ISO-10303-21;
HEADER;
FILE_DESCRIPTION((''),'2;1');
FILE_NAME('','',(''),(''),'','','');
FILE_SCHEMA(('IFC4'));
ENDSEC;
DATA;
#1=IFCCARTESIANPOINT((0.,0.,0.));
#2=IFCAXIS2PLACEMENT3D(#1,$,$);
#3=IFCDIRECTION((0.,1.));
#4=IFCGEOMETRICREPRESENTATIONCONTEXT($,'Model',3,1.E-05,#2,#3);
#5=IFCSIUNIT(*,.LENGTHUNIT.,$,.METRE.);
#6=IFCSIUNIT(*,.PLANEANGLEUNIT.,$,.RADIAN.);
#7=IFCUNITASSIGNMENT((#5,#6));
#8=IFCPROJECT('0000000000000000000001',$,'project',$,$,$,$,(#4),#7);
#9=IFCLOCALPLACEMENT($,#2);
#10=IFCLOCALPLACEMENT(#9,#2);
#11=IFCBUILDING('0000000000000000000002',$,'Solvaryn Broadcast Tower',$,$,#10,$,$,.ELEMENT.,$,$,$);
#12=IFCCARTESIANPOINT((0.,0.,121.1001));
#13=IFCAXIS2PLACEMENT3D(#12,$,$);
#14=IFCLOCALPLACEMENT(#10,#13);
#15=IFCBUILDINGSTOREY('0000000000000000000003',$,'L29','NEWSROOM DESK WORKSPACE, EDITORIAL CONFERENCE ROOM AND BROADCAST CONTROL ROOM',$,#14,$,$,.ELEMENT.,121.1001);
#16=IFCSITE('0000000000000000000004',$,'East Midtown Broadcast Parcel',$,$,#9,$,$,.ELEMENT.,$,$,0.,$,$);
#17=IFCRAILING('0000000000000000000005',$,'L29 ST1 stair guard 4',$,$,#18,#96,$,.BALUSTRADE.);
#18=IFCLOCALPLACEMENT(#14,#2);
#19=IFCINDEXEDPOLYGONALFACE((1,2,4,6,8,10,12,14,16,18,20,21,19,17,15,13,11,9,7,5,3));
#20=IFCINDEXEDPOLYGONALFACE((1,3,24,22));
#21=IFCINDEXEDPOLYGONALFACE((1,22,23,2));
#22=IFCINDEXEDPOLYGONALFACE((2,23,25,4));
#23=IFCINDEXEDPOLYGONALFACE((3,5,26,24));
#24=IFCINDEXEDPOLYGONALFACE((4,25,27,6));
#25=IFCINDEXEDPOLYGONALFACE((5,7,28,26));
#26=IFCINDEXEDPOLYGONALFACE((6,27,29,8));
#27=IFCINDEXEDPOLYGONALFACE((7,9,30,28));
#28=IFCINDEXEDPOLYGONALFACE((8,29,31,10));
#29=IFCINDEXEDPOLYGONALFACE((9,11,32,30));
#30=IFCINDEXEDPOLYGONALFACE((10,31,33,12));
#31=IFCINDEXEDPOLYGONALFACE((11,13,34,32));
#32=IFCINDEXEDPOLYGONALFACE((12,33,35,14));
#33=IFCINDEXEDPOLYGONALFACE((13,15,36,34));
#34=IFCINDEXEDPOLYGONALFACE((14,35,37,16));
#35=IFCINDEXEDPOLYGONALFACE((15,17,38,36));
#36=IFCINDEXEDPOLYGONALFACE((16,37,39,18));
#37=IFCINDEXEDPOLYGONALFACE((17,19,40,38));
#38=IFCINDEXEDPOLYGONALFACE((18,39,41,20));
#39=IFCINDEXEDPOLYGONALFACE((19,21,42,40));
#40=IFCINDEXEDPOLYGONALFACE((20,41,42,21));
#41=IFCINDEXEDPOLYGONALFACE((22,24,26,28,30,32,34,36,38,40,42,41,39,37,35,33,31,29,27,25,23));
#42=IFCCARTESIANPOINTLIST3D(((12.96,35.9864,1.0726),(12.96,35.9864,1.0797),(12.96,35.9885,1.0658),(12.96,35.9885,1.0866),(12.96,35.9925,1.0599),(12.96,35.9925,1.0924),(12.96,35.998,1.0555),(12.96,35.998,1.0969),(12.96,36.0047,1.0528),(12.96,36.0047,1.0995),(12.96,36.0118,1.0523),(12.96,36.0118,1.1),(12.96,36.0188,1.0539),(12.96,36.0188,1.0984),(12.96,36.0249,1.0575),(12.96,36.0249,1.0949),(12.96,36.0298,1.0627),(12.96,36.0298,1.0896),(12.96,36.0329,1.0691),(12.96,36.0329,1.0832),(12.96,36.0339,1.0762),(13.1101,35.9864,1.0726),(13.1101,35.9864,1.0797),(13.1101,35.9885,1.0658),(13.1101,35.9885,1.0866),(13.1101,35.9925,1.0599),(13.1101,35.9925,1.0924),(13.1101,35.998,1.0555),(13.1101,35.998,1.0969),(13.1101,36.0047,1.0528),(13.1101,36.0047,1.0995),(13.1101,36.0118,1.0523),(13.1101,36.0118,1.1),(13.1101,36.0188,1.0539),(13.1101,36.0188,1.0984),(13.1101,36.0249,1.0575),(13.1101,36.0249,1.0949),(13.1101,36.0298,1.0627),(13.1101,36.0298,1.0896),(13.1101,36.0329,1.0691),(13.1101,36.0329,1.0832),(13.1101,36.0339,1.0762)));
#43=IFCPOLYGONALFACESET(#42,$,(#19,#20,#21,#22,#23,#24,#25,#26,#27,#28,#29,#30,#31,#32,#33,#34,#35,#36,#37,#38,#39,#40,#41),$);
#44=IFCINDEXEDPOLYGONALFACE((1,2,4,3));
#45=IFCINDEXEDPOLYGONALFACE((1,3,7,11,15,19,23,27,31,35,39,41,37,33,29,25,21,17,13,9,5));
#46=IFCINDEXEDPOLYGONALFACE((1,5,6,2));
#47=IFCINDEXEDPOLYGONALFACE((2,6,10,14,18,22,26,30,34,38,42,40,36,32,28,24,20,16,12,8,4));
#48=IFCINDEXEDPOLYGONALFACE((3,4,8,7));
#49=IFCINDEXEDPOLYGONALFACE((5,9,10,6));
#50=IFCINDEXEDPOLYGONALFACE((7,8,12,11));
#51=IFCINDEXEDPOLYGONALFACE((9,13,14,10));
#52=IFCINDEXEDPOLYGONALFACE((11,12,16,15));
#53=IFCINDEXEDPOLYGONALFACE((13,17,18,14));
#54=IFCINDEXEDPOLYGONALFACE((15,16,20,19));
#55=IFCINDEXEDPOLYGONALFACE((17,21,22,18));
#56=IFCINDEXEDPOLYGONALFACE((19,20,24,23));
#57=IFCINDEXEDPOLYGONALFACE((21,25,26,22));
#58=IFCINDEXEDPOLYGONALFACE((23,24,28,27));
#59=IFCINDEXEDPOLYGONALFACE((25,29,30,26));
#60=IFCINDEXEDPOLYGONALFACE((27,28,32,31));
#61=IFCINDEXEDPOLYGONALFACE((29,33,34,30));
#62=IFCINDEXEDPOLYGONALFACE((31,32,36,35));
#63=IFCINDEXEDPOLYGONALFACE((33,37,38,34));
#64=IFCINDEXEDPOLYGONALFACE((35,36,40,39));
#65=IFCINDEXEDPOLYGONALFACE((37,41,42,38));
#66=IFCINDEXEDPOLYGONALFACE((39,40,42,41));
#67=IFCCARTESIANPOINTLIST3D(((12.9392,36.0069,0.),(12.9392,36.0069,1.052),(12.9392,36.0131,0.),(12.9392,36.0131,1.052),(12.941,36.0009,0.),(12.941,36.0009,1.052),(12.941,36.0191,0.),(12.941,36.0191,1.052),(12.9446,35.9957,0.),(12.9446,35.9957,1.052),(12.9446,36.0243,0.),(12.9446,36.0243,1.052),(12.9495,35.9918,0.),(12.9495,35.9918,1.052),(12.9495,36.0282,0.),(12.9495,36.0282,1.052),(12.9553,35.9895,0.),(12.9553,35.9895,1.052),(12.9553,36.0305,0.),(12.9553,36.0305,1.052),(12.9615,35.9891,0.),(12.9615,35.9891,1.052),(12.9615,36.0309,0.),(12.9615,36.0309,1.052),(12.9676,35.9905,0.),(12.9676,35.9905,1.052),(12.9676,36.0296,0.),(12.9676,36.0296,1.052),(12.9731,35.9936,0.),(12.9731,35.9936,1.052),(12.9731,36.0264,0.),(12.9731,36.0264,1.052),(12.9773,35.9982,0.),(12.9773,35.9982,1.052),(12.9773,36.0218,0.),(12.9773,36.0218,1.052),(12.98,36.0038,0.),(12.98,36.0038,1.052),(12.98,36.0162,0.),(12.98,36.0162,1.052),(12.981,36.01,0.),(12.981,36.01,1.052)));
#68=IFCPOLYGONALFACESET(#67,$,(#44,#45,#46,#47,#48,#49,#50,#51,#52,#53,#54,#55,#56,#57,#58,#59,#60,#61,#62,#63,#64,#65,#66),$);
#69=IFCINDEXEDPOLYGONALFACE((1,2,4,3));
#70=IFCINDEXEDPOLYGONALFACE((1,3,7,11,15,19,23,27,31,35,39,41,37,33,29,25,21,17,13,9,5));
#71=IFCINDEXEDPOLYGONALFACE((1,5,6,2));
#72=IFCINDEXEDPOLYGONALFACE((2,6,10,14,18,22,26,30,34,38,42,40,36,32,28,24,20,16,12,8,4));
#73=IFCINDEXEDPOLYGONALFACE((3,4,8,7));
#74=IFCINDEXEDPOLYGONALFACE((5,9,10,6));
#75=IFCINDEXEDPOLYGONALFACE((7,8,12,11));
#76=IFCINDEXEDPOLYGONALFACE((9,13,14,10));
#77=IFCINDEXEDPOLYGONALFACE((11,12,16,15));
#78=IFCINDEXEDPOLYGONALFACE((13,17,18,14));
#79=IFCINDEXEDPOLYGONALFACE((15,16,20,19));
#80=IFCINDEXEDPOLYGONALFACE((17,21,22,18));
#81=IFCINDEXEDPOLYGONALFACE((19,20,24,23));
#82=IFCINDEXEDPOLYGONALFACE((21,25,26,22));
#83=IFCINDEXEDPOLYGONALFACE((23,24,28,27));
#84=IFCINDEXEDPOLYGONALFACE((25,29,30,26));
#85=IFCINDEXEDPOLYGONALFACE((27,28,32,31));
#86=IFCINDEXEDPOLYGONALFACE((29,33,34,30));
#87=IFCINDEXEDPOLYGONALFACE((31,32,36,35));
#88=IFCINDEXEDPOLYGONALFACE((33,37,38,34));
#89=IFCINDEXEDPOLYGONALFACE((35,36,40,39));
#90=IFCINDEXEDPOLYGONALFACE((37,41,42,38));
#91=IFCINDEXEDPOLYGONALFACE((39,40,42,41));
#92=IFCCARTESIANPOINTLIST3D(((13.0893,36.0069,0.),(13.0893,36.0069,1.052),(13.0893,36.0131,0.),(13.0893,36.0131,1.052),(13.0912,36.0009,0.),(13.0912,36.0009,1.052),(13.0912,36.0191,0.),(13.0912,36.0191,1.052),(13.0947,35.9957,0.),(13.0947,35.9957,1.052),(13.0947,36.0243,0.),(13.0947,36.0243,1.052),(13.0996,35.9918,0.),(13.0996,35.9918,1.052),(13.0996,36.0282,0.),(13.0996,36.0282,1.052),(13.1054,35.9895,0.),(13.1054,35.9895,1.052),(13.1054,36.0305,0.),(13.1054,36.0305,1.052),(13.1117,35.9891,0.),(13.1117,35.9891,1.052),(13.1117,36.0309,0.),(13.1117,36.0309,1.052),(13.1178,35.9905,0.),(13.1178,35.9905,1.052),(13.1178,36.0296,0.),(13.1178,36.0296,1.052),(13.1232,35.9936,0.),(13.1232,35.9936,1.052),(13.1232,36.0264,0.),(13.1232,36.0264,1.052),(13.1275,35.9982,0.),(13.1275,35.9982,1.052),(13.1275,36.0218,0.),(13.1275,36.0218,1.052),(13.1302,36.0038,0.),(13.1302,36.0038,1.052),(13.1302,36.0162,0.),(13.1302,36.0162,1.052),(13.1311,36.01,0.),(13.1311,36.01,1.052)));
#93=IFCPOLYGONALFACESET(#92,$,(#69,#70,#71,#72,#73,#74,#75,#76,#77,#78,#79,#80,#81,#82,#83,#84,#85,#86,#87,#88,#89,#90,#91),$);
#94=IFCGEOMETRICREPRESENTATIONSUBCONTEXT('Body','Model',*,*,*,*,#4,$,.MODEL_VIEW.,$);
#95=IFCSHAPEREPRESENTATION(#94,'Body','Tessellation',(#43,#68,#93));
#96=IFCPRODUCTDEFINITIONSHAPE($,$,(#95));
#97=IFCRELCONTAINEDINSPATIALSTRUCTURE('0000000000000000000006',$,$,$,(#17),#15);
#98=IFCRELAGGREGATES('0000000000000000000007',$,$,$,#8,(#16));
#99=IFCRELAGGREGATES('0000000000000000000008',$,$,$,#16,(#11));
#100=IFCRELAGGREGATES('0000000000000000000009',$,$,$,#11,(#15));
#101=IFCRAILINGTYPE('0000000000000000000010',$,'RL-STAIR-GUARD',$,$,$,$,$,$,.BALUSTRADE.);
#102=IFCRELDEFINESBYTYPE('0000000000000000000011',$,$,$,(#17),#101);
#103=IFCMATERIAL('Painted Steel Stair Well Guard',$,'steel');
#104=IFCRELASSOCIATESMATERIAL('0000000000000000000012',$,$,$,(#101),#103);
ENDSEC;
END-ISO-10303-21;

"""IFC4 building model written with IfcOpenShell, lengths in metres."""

from ifc_helpers import new_model, si_unit, direction, frame, origin, origin_2d, place, context, subcontext, project, spatial, circle, extrude, material, type_object, element, save


model = new_model("IFC4")

# Units and contexts
model_context = context("Model", 3, precision=1e-05, world=origin(), true_north=direction((0.0, 1.0)))
body_context = subcontext(model_context, "Body", "Model", "MODEL_VIEW")
ifc_project = project(units=[si_unit("LENGTHUNIT", "METRE"), si_unit("PLANEANGLEUNIT", "RADIAN")], contexts=[model_context])

# Site, building, storey
site_placement = place(None, origin())
site = spatial("IfcSite", under=ifc_project, at=site_placement, Name="East Midtown Broadcast Parcel", CompositionType="ELEMENT", RefElevation=0.0)
building_placement = place(site_placement, origin())
building = spatial("IfcBuilding", under=site, at=building_placement, Name="Solvaryn Broadcast Tower", CompositionType="ELEMENT")
storey_placement = place(building_placement, frame((0.0, 0.0, 121.1001)))
storey = spatial("IfcBuildingStorey", under=building, at=storey_placement, Name="L29", Description="NEWSROOM DESK WORKSPACE, EDITORIAL CONFERENCE ROOM AND BROADCAST CONTROL ROOM", CompositionType="ELEMENT", Elevation=121.1001)

# Railing
ifc_material_1 = material(Name="Painted Steel Stair Well Guard", Category="steel")
railing_type_1 = type_object("IfcRailingType", Name="RL-STAIR-GUARD", PredefinedType="BALUSTRADE", material=ifc_material_1)
railing_1_placement = place(storey_placement, frame((12.96, 36.01, 0.0)))
element("IfcRailing", 1, at=railing_1_placement, inside=storey, type_object=railing_type_1, Name="L29 ST1 stair guard 4", PredefinedType="BALUSTRADE", context=body_context, shape_type="SweptSolid", body=[
    extrude(circle(Radius=0.0239, at=origin_2d()), frame((0.0, 0.0, 1.0762), z_axis=(1.0, 0.0, 0.0), x_axis=(0.0, 1.0, 0.0)), (0.0, 0.0, 1.0), 0.1501),
    extrude(circle(Radius=0.021, at=origin_2d()), origin(), (0.0, 0.0, 1.0), 1.052),
    extrude(circle(Radius=0.021, at=origin_2d()), frame((0.1501, 0.0, 0.0)), (0.0, 0.0, 1.0), 1.052),
])

save(model, "model.ifc")
